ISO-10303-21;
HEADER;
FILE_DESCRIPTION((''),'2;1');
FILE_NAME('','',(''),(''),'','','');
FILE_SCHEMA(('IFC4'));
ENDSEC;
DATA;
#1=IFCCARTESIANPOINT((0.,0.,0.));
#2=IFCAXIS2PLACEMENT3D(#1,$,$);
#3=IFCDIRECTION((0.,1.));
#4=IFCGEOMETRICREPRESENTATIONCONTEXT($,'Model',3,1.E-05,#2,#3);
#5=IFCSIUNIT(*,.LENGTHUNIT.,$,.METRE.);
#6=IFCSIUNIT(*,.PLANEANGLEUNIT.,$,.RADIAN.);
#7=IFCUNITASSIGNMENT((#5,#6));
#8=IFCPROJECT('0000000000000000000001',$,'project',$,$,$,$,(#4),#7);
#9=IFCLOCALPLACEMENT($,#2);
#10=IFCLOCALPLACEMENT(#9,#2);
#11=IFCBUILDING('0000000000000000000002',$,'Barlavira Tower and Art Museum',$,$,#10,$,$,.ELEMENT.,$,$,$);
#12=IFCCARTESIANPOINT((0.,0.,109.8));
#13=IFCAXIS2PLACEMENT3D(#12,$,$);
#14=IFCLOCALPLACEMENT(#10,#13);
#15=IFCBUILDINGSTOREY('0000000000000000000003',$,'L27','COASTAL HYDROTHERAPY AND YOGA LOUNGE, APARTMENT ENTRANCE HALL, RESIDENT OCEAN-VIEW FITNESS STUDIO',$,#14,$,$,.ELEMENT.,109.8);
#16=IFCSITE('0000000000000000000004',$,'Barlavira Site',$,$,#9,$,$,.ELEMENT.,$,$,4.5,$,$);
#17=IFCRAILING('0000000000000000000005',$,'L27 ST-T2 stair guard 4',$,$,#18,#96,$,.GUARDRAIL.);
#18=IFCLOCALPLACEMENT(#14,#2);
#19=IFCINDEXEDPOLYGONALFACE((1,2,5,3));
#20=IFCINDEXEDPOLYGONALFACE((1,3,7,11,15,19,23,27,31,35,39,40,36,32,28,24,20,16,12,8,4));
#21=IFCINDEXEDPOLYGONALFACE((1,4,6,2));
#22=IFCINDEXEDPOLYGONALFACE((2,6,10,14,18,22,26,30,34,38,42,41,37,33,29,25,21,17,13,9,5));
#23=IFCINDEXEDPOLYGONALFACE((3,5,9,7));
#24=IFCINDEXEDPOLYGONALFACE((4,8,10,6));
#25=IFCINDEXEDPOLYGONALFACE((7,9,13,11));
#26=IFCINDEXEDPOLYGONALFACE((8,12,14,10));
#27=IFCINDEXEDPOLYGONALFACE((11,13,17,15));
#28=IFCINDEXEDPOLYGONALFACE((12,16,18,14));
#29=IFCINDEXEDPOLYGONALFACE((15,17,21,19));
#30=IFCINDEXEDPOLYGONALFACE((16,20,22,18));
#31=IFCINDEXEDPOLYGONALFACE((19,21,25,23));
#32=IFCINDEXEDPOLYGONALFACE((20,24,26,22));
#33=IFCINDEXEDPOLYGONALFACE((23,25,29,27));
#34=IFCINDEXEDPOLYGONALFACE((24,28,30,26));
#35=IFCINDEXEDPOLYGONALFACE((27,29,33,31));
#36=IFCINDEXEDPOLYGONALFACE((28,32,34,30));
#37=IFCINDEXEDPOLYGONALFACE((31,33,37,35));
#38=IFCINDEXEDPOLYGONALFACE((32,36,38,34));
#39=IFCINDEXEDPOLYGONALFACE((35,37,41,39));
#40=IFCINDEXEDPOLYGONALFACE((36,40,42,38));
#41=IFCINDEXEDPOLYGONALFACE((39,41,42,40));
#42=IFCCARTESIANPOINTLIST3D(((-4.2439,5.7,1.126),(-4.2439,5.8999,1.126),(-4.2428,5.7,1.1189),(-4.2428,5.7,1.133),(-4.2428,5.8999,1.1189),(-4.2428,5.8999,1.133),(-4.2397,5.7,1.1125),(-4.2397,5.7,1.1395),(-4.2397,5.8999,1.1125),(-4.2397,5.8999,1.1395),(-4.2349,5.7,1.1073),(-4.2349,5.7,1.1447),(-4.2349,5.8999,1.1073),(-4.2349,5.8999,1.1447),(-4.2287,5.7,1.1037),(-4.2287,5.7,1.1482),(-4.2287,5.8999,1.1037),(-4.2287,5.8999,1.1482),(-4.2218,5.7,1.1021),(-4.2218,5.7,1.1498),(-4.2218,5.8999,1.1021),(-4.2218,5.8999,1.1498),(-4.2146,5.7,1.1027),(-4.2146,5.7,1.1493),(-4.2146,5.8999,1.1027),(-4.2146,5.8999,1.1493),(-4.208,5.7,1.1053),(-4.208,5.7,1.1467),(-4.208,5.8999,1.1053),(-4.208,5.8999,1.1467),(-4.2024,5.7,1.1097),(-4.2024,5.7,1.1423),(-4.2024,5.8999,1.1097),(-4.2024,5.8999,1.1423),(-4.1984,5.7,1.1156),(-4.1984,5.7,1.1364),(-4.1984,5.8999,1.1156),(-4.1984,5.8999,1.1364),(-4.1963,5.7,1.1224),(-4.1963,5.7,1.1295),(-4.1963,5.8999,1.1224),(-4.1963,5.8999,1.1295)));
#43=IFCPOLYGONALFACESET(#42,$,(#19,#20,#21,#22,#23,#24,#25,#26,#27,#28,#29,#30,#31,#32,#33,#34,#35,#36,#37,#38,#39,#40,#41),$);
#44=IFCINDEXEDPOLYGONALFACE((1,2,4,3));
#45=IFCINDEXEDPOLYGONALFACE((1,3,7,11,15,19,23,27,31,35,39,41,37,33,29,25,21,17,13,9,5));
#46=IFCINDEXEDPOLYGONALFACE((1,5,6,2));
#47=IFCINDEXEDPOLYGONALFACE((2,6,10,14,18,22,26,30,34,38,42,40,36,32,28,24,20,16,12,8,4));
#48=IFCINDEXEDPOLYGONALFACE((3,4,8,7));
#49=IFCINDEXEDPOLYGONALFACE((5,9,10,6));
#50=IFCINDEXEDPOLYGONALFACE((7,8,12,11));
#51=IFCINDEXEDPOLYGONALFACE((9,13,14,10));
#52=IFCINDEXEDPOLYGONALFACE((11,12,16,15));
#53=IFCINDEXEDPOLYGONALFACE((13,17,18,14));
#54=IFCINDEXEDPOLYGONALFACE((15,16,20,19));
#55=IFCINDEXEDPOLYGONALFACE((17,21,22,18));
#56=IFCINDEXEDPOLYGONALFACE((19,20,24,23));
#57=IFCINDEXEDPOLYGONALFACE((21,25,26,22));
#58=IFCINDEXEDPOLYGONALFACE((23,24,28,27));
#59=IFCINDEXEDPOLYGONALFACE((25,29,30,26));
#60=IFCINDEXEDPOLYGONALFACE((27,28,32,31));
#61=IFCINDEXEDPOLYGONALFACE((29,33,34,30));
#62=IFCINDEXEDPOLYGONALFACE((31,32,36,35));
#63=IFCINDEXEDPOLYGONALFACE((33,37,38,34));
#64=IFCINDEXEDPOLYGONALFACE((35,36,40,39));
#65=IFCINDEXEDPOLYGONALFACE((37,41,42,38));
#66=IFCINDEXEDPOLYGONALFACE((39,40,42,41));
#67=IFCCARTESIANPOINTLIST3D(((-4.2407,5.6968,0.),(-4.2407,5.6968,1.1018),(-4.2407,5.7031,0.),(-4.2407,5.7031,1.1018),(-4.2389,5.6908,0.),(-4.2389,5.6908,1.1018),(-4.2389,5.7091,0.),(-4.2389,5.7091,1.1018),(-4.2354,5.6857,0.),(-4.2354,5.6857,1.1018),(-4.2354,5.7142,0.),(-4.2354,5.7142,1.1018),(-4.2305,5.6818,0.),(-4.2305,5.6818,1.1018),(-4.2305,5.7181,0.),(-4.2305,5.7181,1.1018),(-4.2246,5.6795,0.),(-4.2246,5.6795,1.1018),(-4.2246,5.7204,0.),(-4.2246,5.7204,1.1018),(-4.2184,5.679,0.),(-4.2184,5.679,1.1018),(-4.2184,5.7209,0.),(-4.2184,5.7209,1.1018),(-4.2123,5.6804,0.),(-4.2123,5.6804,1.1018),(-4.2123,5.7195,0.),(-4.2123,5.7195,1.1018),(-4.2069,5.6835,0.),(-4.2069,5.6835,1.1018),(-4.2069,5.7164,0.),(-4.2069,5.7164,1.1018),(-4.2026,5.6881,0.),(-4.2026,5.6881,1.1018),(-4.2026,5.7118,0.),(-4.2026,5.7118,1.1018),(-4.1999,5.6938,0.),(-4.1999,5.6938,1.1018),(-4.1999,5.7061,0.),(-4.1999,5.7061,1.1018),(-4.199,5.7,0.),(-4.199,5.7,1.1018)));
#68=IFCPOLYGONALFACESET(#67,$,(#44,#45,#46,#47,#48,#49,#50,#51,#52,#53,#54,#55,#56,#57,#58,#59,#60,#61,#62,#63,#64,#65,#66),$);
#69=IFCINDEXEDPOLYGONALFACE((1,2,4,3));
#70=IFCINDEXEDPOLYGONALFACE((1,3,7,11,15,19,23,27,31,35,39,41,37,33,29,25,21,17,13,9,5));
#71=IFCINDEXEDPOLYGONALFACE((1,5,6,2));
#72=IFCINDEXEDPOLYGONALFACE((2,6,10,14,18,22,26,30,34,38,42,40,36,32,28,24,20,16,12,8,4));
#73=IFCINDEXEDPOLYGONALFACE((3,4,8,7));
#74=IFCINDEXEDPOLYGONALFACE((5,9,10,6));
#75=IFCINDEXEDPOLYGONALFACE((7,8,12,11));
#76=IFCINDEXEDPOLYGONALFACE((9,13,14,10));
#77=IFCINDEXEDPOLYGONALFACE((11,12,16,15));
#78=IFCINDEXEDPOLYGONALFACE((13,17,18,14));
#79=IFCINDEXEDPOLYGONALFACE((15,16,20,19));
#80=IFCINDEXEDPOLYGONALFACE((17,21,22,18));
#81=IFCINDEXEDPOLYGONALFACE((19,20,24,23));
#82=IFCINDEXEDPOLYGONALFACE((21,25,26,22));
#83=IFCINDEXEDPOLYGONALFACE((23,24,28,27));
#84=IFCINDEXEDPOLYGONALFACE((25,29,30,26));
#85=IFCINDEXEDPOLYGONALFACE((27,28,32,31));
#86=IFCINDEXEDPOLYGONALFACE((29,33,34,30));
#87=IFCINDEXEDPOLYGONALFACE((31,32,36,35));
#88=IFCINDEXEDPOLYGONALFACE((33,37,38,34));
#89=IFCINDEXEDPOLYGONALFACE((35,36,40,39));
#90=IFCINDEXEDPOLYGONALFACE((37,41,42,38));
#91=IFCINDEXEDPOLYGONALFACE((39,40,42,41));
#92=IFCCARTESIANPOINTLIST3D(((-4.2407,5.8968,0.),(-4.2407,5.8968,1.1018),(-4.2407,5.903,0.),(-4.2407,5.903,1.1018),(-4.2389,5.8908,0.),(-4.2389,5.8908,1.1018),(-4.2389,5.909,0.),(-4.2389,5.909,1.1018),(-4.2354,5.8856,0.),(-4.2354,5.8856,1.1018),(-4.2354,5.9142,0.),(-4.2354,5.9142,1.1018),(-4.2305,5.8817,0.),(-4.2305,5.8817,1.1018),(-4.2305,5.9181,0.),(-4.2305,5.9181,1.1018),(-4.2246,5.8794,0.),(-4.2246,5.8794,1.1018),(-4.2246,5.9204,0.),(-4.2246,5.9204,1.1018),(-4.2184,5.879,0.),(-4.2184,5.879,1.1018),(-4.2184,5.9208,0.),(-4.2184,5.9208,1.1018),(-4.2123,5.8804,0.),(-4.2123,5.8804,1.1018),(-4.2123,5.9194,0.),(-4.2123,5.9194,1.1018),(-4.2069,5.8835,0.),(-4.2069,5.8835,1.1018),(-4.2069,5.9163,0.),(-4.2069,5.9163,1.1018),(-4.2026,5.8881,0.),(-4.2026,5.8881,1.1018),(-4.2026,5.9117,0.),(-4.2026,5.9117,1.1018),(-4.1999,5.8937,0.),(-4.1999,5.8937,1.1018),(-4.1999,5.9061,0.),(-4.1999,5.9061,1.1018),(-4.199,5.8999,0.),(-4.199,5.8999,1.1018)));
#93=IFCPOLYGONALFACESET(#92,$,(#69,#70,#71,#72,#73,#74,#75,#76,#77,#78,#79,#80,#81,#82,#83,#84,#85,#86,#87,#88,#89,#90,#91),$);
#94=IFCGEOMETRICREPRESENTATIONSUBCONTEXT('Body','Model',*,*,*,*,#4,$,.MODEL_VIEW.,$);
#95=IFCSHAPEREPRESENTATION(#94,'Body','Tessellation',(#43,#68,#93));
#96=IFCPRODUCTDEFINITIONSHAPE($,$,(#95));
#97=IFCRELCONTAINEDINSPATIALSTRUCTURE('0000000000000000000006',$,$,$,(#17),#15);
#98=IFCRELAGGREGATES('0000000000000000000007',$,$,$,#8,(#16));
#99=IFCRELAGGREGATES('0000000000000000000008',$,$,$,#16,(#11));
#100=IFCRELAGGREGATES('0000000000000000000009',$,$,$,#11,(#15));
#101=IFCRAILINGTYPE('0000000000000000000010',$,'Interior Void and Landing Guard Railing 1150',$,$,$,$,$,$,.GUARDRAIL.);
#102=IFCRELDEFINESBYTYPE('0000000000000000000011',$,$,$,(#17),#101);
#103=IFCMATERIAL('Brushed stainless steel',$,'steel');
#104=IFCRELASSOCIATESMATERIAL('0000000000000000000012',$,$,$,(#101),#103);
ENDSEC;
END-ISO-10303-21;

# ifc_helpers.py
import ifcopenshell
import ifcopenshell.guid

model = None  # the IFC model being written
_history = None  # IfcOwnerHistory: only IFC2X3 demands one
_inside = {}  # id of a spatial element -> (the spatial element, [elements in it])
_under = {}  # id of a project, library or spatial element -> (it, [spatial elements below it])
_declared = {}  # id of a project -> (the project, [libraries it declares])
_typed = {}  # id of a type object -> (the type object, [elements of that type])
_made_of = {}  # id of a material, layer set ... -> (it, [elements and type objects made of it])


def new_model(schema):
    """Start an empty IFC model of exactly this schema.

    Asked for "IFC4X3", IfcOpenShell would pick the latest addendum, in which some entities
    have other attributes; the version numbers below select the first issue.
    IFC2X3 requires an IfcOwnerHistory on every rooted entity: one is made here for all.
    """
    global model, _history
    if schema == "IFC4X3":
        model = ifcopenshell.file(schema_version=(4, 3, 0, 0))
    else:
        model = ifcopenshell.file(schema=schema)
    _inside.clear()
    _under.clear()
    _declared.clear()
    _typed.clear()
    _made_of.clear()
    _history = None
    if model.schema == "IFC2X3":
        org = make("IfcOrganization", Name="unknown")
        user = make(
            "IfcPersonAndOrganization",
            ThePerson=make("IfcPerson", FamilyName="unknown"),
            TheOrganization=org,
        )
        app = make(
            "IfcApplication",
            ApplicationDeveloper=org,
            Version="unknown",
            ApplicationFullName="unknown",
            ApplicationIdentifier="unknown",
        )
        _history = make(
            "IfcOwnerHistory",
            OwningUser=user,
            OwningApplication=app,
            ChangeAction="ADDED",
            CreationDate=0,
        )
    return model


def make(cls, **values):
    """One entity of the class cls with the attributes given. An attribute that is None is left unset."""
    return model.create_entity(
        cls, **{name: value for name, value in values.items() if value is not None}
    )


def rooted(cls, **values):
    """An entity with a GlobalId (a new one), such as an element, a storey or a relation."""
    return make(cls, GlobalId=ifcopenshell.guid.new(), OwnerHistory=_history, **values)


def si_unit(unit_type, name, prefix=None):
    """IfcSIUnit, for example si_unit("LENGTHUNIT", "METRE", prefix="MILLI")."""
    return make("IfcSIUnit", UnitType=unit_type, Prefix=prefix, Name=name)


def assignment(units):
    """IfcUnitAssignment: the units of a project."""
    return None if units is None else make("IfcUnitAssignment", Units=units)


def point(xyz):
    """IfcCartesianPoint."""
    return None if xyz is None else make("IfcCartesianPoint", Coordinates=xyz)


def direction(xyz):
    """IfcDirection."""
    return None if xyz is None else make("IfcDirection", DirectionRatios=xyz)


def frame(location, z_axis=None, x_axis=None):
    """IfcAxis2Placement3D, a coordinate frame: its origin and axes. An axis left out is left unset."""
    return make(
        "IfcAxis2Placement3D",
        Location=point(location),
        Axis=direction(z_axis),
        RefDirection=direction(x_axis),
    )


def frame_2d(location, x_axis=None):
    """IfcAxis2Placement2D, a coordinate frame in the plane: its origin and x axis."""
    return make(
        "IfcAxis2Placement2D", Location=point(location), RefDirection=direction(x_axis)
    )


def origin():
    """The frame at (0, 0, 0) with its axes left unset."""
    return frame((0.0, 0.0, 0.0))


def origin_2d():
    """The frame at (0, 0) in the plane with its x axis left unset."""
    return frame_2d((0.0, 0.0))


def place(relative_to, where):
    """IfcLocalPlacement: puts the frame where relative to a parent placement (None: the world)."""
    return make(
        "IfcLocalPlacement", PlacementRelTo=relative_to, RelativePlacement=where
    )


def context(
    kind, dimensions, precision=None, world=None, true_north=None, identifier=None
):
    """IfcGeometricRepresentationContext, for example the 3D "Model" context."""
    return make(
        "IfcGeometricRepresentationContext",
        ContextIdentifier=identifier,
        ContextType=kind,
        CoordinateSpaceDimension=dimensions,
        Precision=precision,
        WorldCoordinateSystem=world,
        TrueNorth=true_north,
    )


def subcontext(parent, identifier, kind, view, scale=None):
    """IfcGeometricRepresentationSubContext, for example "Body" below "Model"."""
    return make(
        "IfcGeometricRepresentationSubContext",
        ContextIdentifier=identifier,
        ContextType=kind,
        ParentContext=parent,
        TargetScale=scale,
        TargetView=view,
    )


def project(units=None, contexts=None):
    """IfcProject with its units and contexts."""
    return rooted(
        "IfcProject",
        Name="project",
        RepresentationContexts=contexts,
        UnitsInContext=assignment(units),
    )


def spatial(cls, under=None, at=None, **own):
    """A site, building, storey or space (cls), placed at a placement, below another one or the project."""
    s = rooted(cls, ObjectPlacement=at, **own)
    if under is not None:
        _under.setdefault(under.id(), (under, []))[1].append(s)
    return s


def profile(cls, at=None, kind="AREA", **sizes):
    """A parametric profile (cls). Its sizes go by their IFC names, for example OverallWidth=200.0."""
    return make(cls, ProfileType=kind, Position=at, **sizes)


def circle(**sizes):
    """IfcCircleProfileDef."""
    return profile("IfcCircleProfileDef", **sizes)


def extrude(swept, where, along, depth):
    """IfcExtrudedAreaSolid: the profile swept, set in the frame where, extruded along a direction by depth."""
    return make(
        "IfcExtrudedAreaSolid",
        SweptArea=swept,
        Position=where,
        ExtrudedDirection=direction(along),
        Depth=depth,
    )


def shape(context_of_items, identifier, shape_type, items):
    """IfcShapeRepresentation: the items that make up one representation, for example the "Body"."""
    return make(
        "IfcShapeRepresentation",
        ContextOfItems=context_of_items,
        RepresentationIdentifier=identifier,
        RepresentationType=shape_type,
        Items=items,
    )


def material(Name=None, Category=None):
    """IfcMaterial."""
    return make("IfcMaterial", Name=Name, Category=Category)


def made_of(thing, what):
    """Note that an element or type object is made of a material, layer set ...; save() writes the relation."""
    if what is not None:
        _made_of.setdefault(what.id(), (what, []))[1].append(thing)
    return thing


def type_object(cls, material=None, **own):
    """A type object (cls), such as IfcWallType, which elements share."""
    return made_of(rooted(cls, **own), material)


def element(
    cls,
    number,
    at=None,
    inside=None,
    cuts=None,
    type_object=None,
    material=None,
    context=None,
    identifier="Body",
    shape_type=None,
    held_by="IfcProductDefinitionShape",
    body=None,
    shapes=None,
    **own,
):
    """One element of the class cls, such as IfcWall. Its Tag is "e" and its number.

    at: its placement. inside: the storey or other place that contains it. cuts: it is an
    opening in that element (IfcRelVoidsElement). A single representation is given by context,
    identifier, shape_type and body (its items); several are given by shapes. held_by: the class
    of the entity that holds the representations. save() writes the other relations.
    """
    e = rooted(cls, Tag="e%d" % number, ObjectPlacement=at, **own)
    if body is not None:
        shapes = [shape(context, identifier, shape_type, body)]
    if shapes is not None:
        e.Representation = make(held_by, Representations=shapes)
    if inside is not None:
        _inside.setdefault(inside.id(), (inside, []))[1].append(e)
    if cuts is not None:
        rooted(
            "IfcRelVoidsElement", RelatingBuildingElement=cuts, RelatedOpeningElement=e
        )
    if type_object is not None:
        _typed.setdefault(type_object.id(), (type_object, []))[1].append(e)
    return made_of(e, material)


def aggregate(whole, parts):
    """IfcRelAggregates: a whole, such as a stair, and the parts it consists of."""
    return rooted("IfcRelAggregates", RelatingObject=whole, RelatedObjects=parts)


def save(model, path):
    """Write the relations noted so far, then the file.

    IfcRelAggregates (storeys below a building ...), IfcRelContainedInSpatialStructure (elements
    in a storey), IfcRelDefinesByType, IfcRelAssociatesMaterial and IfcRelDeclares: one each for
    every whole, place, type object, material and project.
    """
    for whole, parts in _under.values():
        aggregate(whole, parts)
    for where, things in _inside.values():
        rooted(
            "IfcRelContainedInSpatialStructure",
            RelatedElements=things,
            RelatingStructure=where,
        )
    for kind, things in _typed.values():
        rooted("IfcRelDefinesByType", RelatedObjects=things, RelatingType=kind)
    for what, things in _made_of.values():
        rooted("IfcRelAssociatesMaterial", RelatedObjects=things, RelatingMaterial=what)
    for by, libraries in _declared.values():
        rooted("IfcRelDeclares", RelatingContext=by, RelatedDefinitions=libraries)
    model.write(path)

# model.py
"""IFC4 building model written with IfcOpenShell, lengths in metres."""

from ifc_helpers import new_model, si_unit, direction, frame, origin, origin_2d, place, context, subcontext, project, spatial, circle, extrude, material, type_object, element, save


model = new_model("IFC4")

# Units and contexts
model_context = context("Model", 3, precision=1e-05, world=origin(), true_north=direction((0.0, 1.0)))
body_context = subcontext(model_context, "Body", "Model", "MODEL_VIEW")
ifc_project = project(units=[si_unit("LENGTHUNIT", "METRE"), si_unit("PLANEANGLEUNIT", "RADIAN")], contexts=[model_context])

# Site, building, storey
site_placement = place(None, origin())
site = spatial("IfcSite", under=ifc_project, at=site_placement, Name="Barlavira Site", CompositionType="ELEMENT", RefElevation=4.5)
building_placement = place(site_placement, origin())
building = spatial("IfcBuilding", under=site, at=building_placement, Name="Barlavira Tower and Art Museum", CompositionType="ELEMENT")
storey_placement = place(building_placement, frame((0.0, 0.0, 109.8)))
storey = spatial("IfcBuildingStorey", under=building, at=storey_placement, Name="L27", Description="COASTAL HYDROTHERAPY AND YOGA LOUNGE, APARTMENT ENTRANCE HALL, RESIDENT OCEAN-VIEW FITNESS STUDIO", CompositionType="ELEMENT", Elevation=109.8)

# Shared definitions
ifc_material_1 = material(Name="Brushed stainless steel", Category="steel")

# Railing
railing_type_1 = type_object("IfcRailingType", Name="Interior Void and Landing Guard Railing 1150", PredefinedType="GUARDRAIL", material=ifc_material_1)
railing_1_placement = place(storey_placement, frame((-4.22, 5.7, 0.0)))
element("IfcRailing", 1, at=railing_1_placement, inside=storey, type_object=railing_type_1, Name="L27 ST-T2 stair guard 4", PredefinedType="GUARDRAIL", context=body_context, shape_type="SweptSolid", body=[
    extrude(circle(Radius=0.0239, at=origin_2d()), frame((0.0, 0.0, 1.126), z_axis=(0.0, 1.0, 0.0), x_axis=(-1.0, 0.0, 0.0)), (0.0, 0.0, 1.0), 0.2),
    extrude(circle(Radius=0.021, at=origin_2d()), origin(), (0.0, 0.0, 1.0), 1.1018),
    extrude(circle(Radius=0.021, at=origin_2d()), frame((0.0, 0.2, 0.0)), (0.0, 0.0, 1.0), 1.1018),
])

save(model, "model.ifc")
